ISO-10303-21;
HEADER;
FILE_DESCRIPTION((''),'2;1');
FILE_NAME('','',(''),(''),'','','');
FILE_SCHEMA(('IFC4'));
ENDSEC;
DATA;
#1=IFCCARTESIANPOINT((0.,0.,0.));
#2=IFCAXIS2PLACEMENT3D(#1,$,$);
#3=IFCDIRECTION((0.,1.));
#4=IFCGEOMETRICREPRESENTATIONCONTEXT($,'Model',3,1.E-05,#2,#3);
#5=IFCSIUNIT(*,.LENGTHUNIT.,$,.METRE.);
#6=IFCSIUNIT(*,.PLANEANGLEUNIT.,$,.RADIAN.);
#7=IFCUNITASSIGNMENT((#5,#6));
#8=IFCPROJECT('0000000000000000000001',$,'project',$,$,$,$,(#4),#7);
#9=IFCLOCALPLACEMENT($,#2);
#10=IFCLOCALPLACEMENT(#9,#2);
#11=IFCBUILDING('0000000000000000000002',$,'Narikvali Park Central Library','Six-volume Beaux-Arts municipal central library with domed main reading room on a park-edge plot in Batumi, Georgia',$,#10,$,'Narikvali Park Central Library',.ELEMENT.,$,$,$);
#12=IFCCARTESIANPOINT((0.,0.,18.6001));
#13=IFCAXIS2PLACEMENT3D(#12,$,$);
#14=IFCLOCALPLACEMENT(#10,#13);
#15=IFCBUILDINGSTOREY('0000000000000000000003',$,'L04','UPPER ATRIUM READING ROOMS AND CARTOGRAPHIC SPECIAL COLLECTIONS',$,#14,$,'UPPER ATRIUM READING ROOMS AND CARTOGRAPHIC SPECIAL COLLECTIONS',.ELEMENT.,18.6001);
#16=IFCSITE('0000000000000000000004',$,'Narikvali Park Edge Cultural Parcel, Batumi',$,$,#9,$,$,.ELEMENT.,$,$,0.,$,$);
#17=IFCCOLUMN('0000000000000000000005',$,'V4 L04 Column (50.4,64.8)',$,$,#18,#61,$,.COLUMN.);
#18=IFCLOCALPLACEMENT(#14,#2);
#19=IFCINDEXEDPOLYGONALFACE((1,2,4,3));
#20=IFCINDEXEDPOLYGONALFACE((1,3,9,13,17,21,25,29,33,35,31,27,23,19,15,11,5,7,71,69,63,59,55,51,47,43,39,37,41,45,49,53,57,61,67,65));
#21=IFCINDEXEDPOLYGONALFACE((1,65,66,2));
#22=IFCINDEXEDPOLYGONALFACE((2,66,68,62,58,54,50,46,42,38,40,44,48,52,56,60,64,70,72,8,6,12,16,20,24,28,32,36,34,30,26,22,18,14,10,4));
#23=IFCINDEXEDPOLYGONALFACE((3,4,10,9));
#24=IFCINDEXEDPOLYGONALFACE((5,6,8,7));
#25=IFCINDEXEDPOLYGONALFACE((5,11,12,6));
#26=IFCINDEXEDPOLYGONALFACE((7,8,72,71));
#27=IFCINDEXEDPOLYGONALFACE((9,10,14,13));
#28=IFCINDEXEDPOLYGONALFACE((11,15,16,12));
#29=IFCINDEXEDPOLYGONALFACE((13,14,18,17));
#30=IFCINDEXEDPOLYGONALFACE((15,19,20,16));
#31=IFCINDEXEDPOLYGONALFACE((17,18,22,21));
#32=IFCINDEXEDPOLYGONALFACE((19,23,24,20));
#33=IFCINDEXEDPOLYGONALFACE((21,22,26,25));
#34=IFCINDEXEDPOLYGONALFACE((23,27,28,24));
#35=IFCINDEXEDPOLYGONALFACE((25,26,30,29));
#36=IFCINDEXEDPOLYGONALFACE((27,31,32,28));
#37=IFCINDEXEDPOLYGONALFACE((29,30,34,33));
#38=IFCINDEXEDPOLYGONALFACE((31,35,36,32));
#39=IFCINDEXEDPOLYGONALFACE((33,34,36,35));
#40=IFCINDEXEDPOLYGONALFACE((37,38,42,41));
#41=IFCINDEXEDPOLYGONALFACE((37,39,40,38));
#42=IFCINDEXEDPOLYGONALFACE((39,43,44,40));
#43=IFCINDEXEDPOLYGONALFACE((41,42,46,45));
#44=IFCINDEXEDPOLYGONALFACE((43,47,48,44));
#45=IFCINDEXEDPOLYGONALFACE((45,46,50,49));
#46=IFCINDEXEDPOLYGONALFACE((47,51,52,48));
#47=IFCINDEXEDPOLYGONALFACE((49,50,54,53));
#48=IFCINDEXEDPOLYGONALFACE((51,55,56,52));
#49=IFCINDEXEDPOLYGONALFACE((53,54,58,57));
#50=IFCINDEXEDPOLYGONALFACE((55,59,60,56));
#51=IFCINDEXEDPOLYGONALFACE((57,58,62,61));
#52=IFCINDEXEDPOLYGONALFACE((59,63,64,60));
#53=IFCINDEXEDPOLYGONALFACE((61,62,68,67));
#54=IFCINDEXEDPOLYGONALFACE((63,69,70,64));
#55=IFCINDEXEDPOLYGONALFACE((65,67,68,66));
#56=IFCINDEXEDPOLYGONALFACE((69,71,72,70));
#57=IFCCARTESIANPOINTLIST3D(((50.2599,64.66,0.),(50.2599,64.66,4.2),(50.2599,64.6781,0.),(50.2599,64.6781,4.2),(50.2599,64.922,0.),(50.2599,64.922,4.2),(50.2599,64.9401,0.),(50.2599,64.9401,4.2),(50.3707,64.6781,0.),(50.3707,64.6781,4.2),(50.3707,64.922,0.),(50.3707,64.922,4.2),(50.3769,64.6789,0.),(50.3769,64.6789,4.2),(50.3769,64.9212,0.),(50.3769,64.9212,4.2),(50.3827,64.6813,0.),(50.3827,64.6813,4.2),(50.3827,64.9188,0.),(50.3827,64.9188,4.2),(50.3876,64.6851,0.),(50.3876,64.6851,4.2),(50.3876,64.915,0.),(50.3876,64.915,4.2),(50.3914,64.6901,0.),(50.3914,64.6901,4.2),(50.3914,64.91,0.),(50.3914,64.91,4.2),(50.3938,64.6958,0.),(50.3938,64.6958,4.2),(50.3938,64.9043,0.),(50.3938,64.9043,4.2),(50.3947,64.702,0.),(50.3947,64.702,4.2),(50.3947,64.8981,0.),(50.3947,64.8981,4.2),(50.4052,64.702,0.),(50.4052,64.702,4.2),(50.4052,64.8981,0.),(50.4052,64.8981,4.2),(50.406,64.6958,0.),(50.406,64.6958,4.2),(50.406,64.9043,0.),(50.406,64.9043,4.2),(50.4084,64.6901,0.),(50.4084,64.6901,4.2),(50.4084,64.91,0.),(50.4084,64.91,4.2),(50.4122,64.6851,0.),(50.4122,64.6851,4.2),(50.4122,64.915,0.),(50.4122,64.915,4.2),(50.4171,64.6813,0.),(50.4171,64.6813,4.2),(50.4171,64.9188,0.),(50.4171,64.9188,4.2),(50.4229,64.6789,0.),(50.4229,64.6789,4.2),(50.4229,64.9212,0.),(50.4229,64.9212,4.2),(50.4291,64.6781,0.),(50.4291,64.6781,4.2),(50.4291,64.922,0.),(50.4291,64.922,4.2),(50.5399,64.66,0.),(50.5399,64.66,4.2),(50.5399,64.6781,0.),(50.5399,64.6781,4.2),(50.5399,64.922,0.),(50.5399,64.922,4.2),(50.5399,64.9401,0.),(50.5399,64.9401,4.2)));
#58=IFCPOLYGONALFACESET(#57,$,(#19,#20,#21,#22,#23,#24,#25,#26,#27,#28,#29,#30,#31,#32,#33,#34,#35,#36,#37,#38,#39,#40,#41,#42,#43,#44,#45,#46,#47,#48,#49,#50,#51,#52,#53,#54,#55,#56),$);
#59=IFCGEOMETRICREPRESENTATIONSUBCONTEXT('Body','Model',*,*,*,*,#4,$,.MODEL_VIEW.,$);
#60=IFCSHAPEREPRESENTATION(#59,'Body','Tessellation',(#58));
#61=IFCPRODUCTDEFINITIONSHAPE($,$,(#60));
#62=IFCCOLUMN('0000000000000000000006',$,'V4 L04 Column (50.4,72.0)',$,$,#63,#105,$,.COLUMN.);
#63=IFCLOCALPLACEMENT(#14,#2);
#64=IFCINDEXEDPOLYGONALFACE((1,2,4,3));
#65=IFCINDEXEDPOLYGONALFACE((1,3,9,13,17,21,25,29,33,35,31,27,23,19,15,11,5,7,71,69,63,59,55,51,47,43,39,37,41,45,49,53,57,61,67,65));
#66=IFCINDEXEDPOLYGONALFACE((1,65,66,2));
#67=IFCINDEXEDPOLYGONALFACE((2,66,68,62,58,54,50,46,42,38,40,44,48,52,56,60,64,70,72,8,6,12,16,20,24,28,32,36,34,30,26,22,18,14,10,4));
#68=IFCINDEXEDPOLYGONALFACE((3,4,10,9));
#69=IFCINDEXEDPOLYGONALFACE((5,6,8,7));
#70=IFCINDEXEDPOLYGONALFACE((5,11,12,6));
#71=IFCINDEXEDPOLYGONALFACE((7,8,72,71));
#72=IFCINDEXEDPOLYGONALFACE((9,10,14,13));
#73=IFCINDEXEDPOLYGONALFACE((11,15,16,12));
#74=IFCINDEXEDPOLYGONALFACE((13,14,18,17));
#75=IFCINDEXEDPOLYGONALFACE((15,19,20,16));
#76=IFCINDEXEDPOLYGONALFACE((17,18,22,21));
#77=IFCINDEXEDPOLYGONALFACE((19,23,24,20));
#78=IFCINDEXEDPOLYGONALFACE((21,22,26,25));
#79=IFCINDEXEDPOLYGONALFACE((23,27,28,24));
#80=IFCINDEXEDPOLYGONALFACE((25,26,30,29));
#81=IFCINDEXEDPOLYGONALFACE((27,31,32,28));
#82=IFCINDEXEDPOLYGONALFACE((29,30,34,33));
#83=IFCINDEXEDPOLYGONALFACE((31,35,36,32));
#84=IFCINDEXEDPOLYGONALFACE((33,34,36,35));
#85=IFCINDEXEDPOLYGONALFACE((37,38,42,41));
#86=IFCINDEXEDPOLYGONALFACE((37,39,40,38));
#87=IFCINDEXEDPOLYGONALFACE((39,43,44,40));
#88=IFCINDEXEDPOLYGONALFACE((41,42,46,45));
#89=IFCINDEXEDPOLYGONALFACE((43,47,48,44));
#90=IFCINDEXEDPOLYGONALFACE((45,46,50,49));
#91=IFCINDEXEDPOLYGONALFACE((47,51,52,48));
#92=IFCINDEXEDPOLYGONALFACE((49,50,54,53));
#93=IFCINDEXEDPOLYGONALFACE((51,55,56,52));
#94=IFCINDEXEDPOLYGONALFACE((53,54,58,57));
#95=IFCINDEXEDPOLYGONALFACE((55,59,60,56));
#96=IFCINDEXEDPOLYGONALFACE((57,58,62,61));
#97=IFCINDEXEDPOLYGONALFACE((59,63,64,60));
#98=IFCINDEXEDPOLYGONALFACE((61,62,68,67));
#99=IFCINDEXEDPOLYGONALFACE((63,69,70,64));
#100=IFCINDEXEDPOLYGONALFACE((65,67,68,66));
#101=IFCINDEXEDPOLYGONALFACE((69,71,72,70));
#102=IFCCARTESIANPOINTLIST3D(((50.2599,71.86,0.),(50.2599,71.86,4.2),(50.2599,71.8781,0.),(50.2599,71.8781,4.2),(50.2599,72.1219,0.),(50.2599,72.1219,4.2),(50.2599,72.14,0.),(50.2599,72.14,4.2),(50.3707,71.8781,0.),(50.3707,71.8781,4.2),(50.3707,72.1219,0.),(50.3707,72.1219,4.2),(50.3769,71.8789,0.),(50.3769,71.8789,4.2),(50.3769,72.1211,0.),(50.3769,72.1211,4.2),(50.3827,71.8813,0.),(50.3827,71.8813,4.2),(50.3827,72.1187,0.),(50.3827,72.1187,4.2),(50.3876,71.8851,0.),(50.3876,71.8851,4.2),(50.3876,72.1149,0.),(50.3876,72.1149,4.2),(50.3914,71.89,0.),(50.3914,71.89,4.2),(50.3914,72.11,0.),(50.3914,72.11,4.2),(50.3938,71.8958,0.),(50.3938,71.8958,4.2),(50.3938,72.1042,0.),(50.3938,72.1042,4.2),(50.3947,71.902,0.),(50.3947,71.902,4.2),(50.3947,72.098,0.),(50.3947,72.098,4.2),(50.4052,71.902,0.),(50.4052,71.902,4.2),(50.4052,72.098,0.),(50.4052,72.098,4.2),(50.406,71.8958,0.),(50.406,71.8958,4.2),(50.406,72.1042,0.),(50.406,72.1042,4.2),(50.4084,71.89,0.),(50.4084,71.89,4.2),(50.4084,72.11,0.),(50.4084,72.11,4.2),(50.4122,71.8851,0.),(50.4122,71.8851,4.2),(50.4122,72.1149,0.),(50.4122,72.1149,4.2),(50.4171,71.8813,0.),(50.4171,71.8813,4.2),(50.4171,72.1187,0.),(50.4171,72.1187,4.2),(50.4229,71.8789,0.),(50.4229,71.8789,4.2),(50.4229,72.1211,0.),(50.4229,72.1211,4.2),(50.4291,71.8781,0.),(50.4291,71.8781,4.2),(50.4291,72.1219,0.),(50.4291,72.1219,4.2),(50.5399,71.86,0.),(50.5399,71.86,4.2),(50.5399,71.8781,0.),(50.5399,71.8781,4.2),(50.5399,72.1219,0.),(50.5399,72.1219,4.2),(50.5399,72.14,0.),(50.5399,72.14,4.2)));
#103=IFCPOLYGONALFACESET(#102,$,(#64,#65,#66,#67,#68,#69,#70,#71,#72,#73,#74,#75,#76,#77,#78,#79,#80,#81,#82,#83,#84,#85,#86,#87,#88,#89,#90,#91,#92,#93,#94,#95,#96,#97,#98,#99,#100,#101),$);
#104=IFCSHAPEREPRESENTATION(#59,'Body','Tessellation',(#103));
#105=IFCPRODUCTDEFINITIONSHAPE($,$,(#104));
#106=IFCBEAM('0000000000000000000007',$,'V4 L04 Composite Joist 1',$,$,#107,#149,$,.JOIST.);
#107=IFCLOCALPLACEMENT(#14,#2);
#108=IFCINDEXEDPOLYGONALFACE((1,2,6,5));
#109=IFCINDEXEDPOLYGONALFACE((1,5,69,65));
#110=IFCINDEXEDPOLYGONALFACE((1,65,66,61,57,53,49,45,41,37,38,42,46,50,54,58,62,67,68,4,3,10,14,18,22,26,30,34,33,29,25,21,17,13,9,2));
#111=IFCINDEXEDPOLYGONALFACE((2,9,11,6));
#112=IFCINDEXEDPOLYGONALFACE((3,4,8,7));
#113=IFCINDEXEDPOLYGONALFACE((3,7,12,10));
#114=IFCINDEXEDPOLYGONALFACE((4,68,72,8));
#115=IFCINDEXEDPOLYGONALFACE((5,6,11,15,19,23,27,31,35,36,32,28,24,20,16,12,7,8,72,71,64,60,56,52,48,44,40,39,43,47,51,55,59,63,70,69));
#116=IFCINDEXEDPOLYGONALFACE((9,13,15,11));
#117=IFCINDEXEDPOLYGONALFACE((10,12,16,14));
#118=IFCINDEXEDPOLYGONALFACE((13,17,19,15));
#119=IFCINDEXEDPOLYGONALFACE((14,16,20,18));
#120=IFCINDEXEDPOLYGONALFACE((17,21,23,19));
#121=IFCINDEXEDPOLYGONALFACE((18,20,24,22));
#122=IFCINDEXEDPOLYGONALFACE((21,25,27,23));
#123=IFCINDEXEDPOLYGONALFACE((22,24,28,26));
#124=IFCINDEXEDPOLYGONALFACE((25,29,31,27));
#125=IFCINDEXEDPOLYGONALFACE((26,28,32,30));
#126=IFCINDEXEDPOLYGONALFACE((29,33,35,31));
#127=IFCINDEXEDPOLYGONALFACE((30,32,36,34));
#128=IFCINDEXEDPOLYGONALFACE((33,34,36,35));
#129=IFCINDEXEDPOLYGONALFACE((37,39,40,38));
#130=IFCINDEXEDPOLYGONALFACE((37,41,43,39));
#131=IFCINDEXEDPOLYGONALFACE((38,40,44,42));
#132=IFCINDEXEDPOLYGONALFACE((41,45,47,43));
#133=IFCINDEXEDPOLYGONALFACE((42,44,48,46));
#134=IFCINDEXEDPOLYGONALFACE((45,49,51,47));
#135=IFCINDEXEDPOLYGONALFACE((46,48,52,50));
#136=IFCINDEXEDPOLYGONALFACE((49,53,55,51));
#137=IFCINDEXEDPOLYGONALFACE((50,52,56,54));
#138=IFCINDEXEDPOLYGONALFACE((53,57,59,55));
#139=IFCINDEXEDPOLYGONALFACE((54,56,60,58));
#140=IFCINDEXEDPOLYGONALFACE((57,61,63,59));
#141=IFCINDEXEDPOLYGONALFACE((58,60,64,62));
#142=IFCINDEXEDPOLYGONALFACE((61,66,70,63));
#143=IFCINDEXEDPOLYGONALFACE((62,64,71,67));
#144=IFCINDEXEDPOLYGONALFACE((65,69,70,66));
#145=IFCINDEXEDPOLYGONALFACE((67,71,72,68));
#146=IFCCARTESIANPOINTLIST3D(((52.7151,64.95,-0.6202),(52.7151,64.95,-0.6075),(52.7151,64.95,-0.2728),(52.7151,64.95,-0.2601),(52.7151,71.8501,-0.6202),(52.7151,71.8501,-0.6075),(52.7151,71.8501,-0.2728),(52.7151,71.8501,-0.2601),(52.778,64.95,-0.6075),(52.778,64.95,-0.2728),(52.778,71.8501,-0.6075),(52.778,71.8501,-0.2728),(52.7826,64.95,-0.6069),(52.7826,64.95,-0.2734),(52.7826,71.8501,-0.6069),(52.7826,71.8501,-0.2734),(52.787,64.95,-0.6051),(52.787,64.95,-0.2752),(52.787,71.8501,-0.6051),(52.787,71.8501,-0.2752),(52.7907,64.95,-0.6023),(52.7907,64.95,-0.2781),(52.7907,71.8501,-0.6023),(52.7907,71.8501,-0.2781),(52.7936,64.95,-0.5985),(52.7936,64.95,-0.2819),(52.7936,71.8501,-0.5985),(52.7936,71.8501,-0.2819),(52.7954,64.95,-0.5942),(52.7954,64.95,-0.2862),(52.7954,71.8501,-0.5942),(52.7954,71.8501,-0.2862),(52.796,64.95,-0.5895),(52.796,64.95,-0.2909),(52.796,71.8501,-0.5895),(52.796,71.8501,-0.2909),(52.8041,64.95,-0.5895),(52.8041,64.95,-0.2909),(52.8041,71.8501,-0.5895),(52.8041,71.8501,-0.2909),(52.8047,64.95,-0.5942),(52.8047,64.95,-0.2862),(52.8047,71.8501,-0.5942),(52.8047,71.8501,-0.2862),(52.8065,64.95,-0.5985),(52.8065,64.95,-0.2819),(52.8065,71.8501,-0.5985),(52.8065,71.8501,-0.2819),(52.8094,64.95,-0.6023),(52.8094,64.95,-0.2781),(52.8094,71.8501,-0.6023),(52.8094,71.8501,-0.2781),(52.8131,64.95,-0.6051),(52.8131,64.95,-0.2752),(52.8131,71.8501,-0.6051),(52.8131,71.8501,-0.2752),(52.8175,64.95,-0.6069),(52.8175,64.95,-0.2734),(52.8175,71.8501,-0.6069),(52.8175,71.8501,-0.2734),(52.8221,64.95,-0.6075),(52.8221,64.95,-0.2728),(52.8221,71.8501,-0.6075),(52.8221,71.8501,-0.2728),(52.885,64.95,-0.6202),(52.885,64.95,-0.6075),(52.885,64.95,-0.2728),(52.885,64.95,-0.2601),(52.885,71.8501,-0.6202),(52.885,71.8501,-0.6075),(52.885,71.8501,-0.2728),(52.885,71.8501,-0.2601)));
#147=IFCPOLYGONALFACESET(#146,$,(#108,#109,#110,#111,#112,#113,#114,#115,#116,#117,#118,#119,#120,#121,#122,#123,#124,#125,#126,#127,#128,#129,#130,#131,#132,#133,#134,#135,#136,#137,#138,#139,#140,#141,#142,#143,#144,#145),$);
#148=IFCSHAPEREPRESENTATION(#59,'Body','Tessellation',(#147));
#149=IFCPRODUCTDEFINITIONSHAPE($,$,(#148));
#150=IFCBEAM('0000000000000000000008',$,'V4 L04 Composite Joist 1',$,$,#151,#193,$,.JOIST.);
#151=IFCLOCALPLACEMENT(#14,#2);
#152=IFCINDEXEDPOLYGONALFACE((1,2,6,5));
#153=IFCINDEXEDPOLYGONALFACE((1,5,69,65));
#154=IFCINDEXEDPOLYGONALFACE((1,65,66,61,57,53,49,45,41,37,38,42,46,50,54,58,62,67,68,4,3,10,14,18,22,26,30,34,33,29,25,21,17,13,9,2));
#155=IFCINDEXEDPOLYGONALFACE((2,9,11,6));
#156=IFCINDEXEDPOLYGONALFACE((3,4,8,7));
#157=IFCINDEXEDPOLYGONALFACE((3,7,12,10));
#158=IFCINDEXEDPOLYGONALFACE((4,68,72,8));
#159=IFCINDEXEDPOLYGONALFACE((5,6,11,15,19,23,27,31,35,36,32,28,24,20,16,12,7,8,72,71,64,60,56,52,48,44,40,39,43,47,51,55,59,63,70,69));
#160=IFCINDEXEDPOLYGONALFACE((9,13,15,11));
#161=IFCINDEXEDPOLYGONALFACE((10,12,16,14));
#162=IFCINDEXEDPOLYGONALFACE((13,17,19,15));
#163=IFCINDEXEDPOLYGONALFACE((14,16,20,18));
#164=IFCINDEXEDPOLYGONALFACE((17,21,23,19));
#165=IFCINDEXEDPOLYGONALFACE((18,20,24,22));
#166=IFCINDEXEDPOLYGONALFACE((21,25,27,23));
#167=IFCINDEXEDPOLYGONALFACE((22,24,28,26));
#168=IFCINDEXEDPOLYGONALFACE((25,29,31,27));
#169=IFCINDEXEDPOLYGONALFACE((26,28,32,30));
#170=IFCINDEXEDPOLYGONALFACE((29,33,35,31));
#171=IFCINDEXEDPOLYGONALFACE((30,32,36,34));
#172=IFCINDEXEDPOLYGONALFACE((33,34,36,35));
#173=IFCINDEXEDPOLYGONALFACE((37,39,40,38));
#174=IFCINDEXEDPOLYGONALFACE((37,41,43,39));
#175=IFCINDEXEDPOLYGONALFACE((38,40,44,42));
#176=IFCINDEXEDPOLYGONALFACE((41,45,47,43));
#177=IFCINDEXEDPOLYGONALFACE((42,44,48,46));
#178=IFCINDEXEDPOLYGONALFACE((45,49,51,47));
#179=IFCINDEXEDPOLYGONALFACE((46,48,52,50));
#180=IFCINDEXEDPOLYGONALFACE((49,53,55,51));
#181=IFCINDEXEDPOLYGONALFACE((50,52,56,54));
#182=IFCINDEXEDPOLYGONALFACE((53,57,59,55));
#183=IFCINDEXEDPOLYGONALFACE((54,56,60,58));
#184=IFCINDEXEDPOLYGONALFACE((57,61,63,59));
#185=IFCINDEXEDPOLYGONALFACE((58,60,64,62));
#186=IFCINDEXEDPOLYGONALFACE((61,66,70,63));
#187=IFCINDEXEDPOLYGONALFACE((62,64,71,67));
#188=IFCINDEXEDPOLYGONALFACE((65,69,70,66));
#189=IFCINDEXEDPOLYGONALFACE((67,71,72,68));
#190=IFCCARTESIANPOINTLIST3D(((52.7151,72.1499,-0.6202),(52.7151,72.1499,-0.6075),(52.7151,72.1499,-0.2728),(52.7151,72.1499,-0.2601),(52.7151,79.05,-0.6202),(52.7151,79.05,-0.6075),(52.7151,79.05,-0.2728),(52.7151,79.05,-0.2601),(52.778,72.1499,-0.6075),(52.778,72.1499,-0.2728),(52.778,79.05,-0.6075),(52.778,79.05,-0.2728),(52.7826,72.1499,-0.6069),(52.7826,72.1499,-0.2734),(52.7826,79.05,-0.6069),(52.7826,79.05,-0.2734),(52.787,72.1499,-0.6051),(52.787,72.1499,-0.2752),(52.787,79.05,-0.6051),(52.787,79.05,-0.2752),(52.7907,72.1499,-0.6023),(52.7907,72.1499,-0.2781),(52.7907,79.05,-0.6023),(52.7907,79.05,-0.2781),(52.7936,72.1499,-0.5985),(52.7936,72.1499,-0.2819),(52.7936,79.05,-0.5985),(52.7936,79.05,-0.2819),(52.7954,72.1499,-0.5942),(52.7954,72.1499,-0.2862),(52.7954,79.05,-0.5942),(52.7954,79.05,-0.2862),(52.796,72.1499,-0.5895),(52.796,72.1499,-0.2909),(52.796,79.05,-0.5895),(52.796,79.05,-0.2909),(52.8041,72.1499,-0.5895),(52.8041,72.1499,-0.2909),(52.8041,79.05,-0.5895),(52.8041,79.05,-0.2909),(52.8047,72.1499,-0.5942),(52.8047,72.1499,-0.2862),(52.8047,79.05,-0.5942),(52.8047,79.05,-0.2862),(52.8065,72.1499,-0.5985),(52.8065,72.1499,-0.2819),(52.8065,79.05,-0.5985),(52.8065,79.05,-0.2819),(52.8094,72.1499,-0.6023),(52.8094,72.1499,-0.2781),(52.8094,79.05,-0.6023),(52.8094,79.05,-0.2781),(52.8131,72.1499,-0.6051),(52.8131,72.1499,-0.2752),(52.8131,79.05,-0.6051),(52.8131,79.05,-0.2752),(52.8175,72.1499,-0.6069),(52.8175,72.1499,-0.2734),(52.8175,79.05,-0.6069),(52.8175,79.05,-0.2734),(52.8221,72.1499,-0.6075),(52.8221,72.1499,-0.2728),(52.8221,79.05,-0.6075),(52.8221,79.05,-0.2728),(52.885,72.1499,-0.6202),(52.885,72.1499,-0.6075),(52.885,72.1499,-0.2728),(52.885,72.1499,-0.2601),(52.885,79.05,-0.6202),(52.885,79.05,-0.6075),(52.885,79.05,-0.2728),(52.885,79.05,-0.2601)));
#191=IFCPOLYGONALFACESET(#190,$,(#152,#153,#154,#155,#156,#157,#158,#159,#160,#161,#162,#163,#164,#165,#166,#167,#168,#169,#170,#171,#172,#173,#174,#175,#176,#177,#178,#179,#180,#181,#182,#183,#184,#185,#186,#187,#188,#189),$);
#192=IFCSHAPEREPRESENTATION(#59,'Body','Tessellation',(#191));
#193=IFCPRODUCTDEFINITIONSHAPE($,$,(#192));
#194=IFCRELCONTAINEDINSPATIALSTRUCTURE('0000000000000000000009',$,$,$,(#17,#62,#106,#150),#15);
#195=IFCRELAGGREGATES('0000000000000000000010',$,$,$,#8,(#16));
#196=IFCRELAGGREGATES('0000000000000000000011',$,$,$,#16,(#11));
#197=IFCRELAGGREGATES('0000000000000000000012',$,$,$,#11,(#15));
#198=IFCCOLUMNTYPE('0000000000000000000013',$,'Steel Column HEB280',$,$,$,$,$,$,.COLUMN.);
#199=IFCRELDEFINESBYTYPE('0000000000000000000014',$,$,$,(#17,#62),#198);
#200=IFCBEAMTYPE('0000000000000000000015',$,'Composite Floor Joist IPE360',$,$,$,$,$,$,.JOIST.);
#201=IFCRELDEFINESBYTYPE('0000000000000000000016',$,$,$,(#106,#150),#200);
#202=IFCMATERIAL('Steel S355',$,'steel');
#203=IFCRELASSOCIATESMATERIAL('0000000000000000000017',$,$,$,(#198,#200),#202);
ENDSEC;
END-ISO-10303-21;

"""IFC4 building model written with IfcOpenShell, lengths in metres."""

from ifc_helpers import new_model, si_unit, direction, frame, origin, origin_2d, place, context, subcontext, project, spatial, i_section, extrude, material, material_profile, profile_set, type_object, element, save


model = new_model("IFC4")

# Units and contexts
model_context = context("Model", 3, precision=1e-05, world=origin(), true_north=direction((0.0, 1.0)))
body_context = subcontext(model_context, "Body", "Model", "MODEL_VIEW")
ifc_project = project(units=[si_unit("LENGTHUNIT", "METRE"), si_unit("PLANEANGLEUNIT", "RADIAN")], contexts=[model_context])

# Site, building, storey
site_placement = place(None, origin())
site = spatial("IfcSite", under=ifc_project, at=site_placement, Name="Narikvali Park Edge Cultural Parcel, Batumi", CompositionType="ELEMENT", RefElevation=0.0)
building_placement = place(site_placement, origin())
building = spatial("IfcBuilding", under=site, at=building_placement, Name="Narikvali Park Central Library", Description="Six-volume Beaux-Arts municipal central library with domed main reading room on a park-edge plot in Batumi, Georgia", LongName="Narikvali Park Central Library", CompositionType="ELEMENT")
storey_placement = place(building_placement, frame((0.0, 0.0, 18.6001)))
storey = spatial("IfcBuildingStorey", under=building, at=storey_placement, Name="L04", Description="UPPER ATRIUM READING ROOMS AND CARTOGRAPHIC SPECIAL COLLECTIONS", LongName="UPPER ATRIUM READING ROOMS AND CARTOGRAPHIC SPECIAL COLLECTIONS", CompositionType="ELEMENT", Elevation=18.6001)

# Columns
ifc_material_1 = material(Name="Steel S355", Category="steel")
ifc_material_profile_1 = material_profile(ifc_material_1, i_section(OverallWidth=0.28, OverallDepth=0.28, WebThickness=0.0105, FlangeThickness=0.0181, FilletRadius=0.0239, at=origin_2d()), Name="HEB 280")
ifc_profile_set_1 = profile_set([ifc_material_profile_1], Name="Steel S355")
column_type = type_object("IfcColumnType", Name="Steel Column HEB280", PredefinedType="COLUMN", material=ifc_profile_set_1)
for number, where, z_axis, x_axis, name in (
    (1, (50.3999, 64.8, 0.0), (0.0, 0.0, 1.0), (1.0, 0.0, 0.0), "V4 L04 Column (50.4,64.8)"),
    (2, (50.3999, 72.0, 0.0), (0.0, 0.0, 1.0), (1.0, 0.0, 0.0), "V4 L04 Column (50.4,72.0)"),
):
    element("IfcColumn", number, at=place(storey_placement, frame(where, z_axis=z_axis, x_axis=x_axis)), inside=storey, type_object=column_type, Name=name, PredefinedType="COLUMN", context=body_context, shape_type="SweptSolid", body=[
        extrude(i_section(OverallWidth=0.28, OverallDepth=0.28, WebThickness=0.0105, FlangeThickness=0.0181, FilletRadius=0.0239, at=origin_2d()), origin(), (0.0, 0.0, 1.0), 4.2),
    ])

# Beams
ifc_material_profile_2 = material_profile(ifc_material_1, i_section(OverallWidth=0.1699, OverallDepth=0.3601, WebThickness=0.0081, FlangeThickness=0.0127, FilletRadius=0.0181, at=origin_2d()), Name="IPE 360")
ifc_profile_set_2 = profile_set([ifc_material_profile_2], Name="Steel S355")
beam_type_1 = type_object("IfcBeamType", Name="Composite Floor Joist IPE360", PredefinedType="JOIST", material=ifc_profile_set_2)
for number, where, z_axis, x_axis, name in (
    (3, (52.8, 64.95, -0.4402), (0.0, 1.0, 0.0), (-1.0, 0.0, 0.0), "V4 L04 Composite Joist 1"),
    (4, (52.8, 72.1499, -0.4402), (0.0, 1.0, 0.0), (-1.0, 0.0, 0.0), "V4 L04 Composite Joist 1"),
):
    element("IfcBeam", number, at=place(storey_placement, frame(where, z_axis=z_axis, x_axis=x_axis)), inside=storey, type_object=beam_type_1, Name=name, PredefinedType="JOIST", context=body_context, shape_type="SweptSolid", body=[
        extrude(i_section(OverallWidth=0.1699, OverallDepth=0.3601, WebThickness=0.0081, FlangeThickness=0.0127, FilletRadius=0.0181, at=origin_2d()), origin(), (0.0, 0.0, 1.0), 6.9001),
    ])

save(model, "model.ifc")
